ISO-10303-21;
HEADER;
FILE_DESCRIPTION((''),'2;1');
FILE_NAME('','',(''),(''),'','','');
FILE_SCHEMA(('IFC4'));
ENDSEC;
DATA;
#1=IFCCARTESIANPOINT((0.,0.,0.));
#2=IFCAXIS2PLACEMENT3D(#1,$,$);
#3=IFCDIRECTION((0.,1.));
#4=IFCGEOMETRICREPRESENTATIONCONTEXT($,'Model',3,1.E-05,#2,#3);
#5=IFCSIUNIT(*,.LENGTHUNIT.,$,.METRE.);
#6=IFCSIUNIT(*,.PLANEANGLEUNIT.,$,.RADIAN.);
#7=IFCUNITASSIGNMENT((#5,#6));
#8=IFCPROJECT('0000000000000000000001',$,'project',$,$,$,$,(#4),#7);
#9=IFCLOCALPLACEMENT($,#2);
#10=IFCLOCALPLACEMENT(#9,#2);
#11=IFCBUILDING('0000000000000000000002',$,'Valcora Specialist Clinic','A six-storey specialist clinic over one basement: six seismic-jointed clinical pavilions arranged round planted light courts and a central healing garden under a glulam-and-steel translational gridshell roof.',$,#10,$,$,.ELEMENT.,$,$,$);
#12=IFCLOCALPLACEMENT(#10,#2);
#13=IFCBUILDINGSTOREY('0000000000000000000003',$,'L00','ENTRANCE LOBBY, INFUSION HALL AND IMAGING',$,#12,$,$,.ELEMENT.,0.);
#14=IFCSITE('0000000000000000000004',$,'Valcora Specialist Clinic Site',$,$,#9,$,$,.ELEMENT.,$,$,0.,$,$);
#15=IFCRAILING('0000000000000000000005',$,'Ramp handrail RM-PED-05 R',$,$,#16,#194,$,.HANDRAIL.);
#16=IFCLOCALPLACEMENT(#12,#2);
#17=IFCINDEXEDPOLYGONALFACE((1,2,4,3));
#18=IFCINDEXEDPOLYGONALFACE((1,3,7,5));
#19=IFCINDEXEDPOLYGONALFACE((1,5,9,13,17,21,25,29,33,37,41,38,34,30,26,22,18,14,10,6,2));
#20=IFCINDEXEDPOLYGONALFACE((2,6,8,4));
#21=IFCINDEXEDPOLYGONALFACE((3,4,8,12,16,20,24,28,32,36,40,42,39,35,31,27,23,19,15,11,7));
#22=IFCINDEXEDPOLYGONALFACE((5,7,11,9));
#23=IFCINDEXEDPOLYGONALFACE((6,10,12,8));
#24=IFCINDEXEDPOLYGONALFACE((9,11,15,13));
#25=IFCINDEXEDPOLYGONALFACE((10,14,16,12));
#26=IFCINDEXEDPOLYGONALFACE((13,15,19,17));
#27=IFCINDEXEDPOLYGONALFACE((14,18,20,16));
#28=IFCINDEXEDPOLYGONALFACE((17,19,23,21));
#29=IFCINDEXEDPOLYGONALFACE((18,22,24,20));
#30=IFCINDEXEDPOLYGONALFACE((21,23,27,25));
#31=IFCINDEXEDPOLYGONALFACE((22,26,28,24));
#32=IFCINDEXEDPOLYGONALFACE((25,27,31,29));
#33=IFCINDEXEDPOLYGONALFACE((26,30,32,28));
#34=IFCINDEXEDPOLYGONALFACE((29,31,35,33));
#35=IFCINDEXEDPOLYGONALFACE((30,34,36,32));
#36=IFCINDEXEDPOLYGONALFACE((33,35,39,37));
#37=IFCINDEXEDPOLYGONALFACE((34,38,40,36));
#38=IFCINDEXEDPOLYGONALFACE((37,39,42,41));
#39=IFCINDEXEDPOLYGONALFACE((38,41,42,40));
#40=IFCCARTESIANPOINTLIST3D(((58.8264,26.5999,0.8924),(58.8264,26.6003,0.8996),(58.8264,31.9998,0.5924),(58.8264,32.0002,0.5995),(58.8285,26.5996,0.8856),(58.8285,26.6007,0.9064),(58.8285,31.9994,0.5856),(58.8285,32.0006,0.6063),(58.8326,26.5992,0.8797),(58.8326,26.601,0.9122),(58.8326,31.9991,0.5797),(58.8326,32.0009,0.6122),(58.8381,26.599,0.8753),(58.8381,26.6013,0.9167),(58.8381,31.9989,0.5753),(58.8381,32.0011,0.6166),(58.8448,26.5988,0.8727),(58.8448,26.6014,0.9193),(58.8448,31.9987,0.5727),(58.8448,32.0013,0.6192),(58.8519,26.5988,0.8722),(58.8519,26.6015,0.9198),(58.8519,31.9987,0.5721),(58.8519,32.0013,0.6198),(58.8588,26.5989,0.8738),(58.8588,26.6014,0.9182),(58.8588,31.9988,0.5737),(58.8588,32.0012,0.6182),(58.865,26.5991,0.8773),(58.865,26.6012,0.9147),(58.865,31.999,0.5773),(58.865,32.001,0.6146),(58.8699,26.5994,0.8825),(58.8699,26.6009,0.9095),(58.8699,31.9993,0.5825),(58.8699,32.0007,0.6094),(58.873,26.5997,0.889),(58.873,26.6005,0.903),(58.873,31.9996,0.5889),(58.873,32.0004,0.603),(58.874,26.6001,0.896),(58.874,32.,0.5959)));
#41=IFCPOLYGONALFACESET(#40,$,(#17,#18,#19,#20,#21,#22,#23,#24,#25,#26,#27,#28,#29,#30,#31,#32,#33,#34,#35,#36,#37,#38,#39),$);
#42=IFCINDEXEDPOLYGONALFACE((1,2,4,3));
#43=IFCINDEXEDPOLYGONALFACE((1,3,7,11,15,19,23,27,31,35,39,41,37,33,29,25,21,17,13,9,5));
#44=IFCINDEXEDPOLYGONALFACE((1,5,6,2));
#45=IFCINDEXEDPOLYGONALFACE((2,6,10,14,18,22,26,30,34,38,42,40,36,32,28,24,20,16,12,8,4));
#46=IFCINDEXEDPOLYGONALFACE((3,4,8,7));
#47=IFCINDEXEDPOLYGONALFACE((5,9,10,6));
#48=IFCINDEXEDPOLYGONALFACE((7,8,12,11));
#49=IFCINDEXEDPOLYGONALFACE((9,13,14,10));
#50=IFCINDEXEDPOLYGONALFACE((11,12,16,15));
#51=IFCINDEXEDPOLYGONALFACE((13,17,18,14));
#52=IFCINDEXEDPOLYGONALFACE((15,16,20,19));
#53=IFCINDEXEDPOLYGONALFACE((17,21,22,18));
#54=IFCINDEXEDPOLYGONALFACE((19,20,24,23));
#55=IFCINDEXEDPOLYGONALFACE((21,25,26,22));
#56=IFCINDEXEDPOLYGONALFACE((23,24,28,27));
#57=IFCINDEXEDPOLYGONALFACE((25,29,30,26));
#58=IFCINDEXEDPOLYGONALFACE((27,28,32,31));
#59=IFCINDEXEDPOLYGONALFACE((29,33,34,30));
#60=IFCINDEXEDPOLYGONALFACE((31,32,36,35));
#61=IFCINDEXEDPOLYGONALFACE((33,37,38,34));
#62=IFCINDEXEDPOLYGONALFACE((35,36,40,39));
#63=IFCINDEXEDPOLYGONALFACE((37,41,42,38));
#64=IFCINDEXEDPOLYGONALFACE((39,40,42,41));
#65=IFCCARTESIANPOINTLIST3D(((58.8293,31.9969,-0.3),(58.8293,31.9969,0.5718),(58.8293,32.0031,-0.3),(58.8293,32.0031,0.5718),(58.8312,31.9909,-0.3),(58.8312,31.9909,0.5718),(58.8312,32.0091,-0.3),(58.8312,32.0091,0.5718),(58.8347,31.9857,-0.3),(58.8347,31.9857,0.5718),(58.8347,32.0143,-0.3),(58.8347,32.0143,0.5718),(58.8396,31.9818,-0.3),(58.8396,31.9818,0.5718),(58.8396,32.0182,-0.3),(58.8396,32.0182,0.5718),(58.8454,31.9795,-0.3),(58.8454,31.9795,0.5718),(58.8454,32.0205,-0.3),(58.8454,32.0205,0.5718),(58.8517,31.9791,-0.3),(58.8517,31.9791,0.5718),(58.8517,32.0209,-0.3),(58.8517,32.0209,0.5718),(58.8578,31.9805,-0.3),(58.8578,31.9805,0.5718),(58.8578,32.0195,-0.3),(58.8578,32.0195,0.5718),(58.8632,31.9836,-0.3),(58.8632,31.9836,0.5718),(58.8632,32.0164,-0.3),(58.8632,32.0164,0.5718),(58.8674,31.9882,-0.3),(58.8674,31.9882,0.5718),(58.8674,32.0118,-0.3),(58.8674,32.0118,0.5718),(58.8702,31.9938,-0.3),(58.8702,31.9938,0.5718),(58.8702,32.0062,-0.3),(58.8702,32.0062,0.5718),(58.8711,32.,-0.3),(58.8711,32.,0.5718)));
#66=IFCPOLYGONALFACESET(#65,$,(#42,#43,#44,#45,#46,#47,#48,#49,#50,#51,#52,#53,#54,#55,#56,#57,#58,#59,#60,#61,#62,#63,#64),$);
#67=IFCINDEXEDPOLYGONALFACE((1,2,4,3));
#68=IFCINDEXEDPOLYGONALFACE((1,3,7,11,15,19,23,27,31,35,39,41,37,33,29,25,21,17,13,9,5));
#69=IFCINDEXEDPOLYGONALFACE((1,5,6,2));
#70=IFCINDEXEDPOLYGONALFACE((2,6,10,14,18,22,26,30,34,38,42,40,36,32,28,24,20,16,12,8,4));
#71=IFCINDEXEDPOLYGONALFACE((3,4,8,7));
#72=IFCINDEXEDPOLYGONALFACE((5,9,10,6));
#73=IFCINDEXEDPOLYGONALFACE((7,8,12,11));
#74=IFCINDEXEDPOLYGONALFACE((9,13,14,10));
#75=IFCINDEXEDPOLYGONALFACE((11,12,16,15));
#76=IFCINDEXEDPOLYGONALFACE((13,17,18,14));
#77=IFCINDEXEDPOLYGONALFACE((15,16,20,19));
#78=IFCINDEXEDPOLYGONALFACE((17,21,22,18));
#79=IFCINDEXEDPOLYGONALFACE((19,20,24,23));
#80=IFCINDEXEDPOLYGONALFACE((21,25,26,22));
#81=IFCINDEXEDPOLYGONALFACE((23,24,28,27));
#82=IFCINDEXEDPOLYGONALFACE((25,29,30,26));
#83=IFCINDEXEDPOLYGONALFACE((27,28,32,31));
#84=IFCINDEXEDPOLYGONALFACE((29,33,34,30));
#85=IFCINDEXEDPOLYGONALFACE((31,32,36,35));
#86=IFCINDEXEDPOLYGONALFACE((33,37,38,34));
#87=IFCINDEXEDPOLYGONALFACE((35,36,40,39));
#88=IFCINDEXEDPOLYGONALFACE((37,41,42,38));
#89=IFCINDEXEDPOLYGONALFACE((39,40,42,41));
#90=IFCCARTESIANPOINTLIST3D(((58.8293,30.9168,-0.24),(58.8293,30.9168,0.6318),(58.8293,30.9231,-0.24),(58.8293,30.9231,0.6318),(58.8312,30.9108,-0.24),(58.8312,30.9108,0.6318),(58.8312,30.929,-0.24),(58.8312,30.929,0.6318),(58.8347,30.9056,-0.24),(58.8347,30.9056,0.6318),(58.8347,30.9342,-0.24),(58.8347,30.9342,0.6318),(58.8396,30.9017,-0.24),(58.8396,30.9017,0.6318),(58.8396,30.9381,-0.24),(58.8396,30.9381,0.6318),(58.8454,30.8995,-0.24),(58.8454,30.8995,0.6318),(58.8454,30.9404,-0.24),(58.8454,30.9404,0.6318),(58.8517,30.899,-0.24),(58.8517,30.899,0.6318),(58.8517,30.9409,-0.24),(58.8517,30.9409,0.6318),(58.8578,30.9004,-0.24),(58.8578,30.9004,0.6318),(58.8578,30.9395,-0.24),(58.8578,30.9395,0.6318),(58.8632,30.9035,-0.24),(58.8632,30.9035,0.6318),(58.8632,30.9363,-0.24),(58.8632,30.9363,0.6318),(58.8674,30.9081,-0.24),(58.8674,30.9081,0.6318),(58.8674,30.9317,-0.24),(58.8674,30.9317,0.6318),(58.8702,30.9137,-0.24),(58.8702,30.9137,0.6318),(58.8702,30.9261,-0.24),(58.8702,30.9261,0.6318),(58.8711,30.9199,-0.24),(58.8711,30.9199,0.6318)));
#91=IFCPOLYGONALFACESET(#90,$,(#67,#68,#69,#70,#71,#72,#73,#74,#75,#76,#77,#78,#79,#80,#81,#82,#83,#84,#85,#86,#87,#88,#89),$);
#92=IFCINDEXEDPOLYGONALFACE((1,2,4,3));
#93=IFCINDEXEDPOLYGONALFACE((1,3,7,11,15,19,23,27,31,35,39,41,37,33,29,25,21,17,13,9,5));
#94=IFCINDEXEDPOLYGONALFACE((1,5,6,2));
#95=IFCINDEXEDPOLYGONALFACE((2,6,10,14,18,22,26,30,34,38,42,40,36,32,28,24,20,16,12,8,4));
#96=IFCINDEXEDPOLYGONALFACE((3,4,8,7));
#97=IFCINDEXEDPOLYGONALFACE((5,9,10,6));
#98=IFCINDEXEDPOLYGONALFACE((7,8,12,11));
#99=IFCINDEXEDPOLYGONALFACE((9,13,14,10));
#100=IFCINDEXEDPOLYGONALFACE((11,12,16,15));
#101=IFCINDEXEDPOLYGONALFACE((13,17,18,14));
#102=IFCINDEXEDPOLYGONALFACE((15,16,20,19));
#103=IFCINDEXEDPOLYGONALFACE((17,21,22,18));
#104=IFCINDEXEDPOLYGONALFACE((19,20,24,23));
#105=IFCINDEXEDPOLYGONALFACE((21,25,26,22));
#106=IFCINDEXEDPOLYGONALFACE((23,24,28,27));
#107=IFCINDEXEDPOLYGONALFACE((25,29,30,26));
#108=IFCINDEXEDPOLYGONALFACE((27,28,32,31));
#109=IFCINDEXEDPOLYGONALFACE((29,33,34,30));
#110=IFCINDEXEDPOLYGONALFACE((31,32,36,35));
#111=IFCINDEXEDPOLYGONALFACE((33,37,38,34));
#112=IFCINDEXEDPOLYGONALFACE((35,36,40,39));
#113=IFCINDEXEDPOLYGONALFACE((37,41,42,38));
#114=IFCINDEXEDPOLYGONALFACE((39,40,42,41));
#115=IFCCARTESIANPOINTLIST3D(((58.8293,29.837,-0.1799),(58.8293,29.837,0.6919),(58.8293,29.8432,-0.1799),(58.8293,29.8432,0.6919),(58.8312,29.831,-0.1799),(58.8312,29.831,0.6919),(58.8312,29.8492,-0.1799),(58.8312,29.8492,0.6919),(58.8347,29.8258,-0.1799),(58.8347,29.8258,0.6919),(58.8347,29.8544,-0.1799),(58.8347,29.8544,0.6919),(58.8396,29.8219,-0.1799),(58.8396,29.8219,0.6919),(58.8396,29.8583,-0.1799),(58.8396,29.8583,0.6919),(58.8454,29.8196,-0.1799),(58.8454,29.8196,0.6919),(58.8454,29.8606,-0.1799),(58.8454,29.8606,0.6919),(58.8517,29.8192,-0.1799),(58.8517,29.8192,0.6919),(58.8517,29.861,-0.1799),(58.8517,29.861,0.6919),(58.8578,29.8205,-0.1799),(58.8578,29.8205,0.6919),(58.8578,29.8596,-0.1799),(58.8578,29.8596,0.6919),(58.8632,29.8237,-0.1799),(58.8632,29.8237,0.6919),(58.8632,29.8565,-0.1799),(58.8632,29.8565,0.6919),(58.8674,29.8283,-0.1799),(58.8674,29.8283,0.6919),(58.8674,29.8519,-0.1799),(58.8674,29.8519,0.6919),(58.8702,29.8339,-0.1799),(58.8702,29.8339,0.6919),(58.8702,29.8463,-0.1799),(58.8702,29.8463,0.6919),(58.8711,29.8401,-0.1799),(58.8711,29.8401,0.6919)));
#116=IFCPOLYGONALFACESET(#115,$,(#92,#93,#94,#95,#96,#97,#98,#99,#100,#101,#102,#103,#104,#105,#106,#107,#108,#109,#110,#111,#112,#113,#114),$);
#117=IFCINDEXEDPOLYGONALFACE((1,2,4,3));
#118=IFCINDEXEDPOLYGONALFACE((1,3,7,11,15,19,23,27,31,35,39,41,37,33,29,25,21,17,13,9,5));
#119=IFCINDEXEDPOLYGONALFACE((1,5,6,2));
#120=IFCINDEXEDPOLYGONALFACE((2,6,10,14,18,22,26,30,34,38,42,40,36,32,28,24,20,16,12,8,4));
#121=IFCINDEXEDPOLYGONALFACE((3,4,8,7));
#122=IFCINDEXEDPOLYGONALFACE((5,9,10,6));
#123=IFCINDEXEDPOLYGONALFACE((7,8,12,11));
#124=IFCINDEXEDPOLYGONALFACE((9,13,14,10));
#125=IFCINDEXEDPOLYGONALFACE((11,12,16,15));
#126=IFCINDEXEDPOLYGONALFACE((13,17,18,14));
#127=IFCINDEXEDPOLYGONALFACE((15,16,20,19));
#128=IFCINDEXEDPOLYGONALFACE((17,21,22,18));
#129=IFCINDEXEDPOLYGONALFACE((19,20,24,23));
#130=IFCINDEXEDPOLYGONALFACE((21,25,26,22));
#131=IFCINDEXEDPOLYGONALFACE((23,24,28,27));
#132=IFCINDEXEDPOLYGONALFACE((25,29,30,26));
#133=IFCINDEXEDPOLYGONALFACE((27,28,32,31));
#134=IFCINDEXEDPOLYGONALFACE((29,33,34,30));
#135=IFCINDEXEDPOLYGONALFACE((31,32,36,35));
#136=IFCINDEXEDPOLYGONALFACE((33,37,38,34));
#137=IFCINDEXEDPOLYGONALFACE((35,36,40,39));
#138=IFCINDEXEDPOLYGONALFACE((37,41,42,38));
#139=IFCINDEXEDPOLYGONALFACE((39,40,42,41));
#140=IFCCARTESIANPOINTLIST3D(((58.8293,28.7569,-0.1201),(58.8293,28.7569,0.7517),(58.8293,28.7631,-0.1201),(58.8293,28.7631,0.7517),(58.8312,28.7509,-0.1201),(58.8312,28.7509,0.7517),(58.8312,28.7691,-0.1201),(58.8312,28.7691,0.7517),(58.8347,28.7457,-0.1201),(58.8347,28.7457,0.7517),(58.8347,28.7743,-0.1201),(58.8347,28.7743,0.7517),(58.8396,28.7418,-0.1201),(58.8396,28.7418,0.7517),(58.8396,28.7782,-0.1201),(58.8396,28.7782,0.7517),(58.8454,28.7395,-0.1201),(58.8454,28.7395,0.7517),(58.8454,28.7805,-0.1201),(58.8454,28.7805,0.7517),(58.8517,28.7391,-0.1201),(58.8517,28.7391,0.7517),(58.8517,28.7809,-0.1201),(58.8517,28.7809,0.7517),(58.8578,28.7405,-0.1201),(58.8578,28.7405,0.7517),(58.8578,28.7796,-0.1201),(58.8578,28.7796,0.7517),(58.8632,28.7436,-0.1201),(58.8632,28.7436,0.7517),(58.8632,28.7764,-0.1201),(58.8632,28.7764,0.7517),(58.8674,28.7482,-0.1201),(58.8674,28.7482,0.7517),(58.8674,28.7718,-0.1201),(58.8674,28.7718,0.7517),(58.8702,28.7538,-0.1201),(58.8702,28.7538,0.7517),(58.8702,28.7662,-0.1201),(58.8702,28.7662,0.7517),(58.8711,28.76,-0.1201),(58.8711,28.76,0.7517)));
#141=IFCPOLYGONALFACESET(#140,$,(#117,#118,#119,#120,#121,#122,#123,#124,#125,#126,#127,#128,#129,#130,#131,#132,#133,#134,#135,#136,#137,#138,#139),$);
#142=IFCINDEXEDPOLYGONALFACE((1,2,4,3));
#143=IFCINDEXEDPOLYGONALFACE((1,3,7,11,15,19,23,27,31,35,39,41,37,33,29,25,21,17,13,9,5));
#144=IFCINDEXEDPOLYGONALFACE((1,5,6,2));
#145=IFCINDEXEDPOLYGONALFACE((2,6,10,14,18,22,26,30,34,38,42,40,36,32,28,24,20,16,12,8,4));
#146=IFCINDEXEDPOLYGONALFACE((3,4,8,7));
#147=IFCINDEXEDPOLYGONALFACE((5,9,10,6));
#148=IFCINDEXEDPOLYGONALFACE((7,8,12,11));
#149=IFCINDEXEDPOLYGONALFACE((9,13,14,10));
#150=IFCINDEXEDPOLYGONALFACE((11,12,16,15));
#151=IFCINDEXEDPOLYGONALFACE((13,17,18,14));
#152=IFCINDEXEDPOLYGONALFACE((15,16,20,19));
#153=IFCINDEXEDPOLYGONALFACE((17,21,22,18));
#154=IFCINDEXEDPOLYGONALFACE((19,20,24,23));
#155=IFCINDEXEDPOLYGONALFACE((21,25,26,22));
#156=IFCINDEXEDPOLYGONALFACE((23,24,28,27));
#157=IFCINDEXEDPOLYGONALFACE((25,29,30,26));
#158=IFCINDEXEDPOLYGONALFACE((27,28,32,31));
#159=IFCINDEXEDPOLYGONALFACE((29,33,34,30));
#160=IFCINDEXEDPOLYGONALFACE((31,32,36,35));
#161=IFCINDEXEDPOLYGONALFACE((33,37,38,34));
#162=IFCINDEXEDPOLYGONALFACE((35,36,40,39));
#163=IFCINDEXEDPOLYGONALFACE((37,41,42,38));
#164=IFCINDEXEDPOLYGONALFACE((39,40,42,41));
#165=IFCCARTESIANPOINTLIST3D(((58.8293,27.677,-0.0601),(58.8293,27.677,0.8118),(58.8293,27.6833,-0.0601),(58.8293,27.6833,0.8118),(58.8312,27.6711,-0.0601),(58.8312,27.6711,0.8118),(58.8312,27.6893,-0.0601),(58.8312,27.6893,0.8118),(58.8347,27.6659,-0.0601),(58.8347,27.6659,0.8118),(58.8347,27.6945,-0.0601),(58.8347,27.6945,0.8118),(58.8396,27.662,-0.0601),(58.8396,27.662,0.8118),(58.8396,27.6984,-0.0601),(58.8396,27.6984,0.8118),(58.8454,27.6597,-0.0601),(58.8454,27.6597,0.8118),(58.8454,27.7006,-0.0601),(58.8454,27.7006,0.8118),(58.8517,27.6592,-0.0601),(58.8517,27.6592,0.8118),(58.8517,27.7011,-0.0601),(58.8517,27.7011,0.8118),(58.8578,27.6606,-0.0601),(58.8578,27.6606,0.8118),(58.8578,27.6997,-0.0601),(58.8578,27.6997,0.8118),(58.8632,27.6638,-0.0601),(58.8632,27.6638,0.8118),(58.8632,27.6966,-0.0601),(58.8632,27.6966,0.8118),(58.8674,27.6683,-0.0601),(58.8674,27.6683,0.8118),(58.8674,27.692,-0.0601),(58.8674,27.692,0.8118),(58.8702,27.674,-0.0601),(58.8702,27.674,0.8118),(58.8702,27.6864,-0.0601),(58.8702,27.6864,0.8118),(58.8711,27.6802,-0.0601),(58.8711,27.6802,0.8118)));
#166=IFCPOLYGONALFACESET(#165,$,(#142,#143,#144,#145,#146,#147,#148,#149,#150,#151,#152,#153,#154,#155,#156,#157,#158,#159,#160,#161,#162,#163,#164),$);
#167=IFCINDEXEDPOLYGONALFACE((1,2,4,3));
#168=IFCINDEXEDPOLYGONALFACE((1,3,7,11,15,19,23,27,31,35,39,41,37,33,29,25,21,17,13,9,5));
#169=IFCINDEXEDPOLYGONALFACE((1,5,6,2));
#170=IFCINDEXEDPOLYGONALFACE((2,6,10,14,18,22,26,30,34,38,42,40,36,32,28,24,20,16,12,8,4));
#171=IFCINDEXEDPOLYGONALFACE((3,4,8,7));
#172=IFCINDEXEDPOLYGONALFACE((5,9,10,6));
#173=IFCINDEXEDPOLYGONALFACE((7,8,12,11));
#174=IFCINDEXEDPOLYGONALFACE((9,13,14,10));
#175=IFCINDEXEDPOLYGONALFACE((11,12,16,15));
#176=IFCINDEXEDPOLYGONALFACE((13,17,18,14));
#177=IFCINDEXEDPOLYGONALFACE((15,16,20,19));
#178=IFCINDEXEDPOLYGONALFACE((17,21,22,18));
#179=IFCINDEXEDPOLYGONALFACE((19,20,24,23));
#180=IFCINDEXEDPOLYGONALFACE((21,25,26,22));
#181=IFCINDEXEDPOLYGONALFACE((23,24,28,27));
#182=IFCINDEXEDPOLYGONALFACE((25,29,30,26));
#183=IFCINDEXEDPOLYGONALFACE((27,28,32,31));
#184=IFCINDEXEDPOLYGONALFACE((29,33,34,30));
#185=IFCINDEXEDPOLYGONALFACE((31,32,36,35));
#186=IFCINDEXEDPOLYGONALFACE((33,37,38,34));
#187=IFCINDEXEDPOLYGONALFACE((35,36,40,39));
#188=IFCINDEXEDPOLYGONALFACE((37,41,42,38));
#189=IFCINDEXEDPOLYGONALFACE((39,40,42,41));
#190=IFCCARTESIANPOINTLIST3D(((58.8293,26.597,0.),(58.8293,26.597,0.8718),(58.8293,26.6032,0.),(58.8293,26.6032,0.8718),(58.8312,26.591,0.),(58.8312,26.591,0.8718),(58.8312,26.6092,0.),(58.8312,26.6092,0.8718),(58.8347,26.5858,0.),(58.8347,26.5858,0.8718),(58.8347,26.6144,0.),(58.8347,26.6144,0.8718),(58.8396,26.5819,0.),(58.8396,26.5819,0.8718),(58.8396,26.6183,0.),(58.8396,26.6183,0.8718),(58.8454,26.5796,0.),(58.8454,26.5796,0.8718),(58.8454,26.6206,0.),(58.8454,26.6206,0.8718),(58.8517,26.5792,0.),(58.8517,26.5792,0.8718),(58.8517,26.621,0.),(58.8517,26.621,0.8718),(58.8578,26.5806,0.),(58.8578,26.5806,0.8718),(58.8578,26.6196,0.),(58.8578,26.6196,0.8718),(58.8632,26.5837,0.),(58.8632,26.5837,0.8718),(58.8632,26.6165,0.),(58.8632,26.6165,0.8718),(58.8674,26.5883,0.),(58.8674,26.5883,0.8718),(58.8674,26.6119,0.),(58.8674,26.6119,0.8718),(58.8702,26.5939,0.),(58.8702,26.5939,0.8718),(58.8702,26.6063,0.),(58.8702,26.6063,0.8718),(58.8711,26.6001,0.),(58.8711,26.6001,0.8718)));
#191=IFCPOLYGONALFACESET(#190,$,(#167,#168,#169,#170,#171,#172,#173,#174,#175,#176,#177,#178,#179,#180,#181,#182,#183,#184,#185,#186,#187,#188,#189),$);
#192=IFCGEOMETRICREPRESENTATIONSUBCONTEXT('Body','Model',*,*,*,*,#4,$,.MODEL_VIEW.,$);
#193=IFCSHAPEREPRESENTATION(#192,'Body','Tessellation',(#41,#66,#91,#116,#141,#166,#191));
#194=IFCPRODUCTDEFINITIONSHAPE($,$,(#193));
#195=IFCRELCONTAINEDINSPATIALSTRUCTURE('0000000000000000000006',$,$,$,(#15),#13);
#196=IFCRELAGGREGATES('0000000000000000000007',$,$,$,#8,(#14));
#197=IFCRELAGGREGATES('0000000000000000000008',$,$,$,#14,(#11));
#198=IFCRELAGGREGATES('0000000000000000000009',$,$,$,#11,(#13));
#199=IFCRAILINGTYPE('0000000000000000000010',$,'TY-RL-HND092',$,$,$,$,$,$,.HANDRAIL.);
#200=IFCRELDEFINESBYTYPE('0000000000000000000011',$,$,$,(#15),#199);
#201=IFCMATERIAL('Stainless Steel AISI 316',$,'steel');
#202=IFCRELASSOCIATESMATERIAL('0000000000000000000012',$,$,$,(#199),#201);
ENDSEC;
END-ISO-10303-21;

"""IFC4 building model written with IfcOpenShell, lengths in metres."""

from ifc_helpers import new_model, si_unit, direction, frame, origin, origin_2d, place, context, subcontext, project, spatial, circle, extrude, material, type_object, element, save


model = new_model("IFC4")

# Units and contexts
model_context = context("Model", 3, precision=1e-05, world=origin(), true_north=direction((0.0, 1.0)))
body_context = subcontext(model_context, "Body", "Model", "MODEL_VIEW")
ifc_project = project(units=[si_unit("LENGTHUNIT", "METRE"), si_unit("PLANEANGLEUNIT", "RADIAN")], contexts=[model_context])

# Site, building, storey
site_placement = place(None, origin())
site = spatial("IfcSite", under=ifc_project, at=site_placement, Name="Valcora Specialist Clinic Site", CompositionType="ELEMENT", RefElevation=0.0)
building_placement = place(site_placement, origin())
building = spatial("IfcBuilding", under=site, at=building_placement, Name="Valcora Specialist Clinic", Description="A six-storey specialist clinic over one basement: six seismic-jointed clinical pavilions arranged round planted light courts and a central healing garden under a glulam-and-steel translational gridshell roof.", CompositionType="ELEMENT")
storey_placement = place(building_placement, origin())
storey = spatial("IfcBuildingStorey", under=building, at=storey_placement, Name="L00", Description="ENTRANCE LOBBY, INFUSION HALL AND IMAGING", CompositionType="ELEMENT", Elevation=0.0)

# Railing
ifc_material_1 = material(Name="Stainless Steel AISI 316", Category="steel")
railing_type = type_object("IfcRailingType", Name="TY-RL-HND092", PredefinedType="HANDRAIL", material=ifc_material_1)
for number, where, name in (
    (1, (58.8501, 32.0, -0.3), "Ramp handrail RM-PED-05 R"),
):
    element("IfcRailing", number, at=place(storey_placement, frame(where)), inside=storey, type_object=railing_type, Name=name, PredefinedType="HANDRAIL", context=body_context, shape_type="SweptSolid", body=[
        extrude(circle(Radius=0.0239, at=origin_2d()), frame((0.0, 0.0, 0.896), z_axis=(0.0, -0.99846, 0.05548), x_axis=(1.0, 0.0, 0.0)), (0.0, 0.0, 1.0), 5.4082),
        extrude(circle(Radius=0.021, at=origin_2d()), origin(), (0.0, 0.0, 1.0), 0.8718),
        extrude(circle(Radius=0.021, at=origin_2d()), frame((0.0, -1.0801, 0.0601)), (0.0, 0.0, 1.0), 0.8718),
        extrude(circle(Radius=0.021, at=origin_2d()), frame((0.0, -2.1599, 0.1201)), (0.0, 0.0, 1.0), 0.8718),
        extrude(circle(Radius=0.021, at=origin_2d()), frame((0.0, -3.24, 0.1799)), (0.0, 0.0, 1.0), 0.8718),
        extrude(circle(Radius=0.021, at=origin_2d()), frame((0.0, -4.3198, 0.24)), (0.0, 0.0, 1.0), 0.8718),
        extrude(circle(Radius=0.021, at=origin_2d()), frame((0.0, -5.3999, 0.3)), (0.0, 0.0, 1.0), 0.8718),
    ])

save(model, "model.ifc")
